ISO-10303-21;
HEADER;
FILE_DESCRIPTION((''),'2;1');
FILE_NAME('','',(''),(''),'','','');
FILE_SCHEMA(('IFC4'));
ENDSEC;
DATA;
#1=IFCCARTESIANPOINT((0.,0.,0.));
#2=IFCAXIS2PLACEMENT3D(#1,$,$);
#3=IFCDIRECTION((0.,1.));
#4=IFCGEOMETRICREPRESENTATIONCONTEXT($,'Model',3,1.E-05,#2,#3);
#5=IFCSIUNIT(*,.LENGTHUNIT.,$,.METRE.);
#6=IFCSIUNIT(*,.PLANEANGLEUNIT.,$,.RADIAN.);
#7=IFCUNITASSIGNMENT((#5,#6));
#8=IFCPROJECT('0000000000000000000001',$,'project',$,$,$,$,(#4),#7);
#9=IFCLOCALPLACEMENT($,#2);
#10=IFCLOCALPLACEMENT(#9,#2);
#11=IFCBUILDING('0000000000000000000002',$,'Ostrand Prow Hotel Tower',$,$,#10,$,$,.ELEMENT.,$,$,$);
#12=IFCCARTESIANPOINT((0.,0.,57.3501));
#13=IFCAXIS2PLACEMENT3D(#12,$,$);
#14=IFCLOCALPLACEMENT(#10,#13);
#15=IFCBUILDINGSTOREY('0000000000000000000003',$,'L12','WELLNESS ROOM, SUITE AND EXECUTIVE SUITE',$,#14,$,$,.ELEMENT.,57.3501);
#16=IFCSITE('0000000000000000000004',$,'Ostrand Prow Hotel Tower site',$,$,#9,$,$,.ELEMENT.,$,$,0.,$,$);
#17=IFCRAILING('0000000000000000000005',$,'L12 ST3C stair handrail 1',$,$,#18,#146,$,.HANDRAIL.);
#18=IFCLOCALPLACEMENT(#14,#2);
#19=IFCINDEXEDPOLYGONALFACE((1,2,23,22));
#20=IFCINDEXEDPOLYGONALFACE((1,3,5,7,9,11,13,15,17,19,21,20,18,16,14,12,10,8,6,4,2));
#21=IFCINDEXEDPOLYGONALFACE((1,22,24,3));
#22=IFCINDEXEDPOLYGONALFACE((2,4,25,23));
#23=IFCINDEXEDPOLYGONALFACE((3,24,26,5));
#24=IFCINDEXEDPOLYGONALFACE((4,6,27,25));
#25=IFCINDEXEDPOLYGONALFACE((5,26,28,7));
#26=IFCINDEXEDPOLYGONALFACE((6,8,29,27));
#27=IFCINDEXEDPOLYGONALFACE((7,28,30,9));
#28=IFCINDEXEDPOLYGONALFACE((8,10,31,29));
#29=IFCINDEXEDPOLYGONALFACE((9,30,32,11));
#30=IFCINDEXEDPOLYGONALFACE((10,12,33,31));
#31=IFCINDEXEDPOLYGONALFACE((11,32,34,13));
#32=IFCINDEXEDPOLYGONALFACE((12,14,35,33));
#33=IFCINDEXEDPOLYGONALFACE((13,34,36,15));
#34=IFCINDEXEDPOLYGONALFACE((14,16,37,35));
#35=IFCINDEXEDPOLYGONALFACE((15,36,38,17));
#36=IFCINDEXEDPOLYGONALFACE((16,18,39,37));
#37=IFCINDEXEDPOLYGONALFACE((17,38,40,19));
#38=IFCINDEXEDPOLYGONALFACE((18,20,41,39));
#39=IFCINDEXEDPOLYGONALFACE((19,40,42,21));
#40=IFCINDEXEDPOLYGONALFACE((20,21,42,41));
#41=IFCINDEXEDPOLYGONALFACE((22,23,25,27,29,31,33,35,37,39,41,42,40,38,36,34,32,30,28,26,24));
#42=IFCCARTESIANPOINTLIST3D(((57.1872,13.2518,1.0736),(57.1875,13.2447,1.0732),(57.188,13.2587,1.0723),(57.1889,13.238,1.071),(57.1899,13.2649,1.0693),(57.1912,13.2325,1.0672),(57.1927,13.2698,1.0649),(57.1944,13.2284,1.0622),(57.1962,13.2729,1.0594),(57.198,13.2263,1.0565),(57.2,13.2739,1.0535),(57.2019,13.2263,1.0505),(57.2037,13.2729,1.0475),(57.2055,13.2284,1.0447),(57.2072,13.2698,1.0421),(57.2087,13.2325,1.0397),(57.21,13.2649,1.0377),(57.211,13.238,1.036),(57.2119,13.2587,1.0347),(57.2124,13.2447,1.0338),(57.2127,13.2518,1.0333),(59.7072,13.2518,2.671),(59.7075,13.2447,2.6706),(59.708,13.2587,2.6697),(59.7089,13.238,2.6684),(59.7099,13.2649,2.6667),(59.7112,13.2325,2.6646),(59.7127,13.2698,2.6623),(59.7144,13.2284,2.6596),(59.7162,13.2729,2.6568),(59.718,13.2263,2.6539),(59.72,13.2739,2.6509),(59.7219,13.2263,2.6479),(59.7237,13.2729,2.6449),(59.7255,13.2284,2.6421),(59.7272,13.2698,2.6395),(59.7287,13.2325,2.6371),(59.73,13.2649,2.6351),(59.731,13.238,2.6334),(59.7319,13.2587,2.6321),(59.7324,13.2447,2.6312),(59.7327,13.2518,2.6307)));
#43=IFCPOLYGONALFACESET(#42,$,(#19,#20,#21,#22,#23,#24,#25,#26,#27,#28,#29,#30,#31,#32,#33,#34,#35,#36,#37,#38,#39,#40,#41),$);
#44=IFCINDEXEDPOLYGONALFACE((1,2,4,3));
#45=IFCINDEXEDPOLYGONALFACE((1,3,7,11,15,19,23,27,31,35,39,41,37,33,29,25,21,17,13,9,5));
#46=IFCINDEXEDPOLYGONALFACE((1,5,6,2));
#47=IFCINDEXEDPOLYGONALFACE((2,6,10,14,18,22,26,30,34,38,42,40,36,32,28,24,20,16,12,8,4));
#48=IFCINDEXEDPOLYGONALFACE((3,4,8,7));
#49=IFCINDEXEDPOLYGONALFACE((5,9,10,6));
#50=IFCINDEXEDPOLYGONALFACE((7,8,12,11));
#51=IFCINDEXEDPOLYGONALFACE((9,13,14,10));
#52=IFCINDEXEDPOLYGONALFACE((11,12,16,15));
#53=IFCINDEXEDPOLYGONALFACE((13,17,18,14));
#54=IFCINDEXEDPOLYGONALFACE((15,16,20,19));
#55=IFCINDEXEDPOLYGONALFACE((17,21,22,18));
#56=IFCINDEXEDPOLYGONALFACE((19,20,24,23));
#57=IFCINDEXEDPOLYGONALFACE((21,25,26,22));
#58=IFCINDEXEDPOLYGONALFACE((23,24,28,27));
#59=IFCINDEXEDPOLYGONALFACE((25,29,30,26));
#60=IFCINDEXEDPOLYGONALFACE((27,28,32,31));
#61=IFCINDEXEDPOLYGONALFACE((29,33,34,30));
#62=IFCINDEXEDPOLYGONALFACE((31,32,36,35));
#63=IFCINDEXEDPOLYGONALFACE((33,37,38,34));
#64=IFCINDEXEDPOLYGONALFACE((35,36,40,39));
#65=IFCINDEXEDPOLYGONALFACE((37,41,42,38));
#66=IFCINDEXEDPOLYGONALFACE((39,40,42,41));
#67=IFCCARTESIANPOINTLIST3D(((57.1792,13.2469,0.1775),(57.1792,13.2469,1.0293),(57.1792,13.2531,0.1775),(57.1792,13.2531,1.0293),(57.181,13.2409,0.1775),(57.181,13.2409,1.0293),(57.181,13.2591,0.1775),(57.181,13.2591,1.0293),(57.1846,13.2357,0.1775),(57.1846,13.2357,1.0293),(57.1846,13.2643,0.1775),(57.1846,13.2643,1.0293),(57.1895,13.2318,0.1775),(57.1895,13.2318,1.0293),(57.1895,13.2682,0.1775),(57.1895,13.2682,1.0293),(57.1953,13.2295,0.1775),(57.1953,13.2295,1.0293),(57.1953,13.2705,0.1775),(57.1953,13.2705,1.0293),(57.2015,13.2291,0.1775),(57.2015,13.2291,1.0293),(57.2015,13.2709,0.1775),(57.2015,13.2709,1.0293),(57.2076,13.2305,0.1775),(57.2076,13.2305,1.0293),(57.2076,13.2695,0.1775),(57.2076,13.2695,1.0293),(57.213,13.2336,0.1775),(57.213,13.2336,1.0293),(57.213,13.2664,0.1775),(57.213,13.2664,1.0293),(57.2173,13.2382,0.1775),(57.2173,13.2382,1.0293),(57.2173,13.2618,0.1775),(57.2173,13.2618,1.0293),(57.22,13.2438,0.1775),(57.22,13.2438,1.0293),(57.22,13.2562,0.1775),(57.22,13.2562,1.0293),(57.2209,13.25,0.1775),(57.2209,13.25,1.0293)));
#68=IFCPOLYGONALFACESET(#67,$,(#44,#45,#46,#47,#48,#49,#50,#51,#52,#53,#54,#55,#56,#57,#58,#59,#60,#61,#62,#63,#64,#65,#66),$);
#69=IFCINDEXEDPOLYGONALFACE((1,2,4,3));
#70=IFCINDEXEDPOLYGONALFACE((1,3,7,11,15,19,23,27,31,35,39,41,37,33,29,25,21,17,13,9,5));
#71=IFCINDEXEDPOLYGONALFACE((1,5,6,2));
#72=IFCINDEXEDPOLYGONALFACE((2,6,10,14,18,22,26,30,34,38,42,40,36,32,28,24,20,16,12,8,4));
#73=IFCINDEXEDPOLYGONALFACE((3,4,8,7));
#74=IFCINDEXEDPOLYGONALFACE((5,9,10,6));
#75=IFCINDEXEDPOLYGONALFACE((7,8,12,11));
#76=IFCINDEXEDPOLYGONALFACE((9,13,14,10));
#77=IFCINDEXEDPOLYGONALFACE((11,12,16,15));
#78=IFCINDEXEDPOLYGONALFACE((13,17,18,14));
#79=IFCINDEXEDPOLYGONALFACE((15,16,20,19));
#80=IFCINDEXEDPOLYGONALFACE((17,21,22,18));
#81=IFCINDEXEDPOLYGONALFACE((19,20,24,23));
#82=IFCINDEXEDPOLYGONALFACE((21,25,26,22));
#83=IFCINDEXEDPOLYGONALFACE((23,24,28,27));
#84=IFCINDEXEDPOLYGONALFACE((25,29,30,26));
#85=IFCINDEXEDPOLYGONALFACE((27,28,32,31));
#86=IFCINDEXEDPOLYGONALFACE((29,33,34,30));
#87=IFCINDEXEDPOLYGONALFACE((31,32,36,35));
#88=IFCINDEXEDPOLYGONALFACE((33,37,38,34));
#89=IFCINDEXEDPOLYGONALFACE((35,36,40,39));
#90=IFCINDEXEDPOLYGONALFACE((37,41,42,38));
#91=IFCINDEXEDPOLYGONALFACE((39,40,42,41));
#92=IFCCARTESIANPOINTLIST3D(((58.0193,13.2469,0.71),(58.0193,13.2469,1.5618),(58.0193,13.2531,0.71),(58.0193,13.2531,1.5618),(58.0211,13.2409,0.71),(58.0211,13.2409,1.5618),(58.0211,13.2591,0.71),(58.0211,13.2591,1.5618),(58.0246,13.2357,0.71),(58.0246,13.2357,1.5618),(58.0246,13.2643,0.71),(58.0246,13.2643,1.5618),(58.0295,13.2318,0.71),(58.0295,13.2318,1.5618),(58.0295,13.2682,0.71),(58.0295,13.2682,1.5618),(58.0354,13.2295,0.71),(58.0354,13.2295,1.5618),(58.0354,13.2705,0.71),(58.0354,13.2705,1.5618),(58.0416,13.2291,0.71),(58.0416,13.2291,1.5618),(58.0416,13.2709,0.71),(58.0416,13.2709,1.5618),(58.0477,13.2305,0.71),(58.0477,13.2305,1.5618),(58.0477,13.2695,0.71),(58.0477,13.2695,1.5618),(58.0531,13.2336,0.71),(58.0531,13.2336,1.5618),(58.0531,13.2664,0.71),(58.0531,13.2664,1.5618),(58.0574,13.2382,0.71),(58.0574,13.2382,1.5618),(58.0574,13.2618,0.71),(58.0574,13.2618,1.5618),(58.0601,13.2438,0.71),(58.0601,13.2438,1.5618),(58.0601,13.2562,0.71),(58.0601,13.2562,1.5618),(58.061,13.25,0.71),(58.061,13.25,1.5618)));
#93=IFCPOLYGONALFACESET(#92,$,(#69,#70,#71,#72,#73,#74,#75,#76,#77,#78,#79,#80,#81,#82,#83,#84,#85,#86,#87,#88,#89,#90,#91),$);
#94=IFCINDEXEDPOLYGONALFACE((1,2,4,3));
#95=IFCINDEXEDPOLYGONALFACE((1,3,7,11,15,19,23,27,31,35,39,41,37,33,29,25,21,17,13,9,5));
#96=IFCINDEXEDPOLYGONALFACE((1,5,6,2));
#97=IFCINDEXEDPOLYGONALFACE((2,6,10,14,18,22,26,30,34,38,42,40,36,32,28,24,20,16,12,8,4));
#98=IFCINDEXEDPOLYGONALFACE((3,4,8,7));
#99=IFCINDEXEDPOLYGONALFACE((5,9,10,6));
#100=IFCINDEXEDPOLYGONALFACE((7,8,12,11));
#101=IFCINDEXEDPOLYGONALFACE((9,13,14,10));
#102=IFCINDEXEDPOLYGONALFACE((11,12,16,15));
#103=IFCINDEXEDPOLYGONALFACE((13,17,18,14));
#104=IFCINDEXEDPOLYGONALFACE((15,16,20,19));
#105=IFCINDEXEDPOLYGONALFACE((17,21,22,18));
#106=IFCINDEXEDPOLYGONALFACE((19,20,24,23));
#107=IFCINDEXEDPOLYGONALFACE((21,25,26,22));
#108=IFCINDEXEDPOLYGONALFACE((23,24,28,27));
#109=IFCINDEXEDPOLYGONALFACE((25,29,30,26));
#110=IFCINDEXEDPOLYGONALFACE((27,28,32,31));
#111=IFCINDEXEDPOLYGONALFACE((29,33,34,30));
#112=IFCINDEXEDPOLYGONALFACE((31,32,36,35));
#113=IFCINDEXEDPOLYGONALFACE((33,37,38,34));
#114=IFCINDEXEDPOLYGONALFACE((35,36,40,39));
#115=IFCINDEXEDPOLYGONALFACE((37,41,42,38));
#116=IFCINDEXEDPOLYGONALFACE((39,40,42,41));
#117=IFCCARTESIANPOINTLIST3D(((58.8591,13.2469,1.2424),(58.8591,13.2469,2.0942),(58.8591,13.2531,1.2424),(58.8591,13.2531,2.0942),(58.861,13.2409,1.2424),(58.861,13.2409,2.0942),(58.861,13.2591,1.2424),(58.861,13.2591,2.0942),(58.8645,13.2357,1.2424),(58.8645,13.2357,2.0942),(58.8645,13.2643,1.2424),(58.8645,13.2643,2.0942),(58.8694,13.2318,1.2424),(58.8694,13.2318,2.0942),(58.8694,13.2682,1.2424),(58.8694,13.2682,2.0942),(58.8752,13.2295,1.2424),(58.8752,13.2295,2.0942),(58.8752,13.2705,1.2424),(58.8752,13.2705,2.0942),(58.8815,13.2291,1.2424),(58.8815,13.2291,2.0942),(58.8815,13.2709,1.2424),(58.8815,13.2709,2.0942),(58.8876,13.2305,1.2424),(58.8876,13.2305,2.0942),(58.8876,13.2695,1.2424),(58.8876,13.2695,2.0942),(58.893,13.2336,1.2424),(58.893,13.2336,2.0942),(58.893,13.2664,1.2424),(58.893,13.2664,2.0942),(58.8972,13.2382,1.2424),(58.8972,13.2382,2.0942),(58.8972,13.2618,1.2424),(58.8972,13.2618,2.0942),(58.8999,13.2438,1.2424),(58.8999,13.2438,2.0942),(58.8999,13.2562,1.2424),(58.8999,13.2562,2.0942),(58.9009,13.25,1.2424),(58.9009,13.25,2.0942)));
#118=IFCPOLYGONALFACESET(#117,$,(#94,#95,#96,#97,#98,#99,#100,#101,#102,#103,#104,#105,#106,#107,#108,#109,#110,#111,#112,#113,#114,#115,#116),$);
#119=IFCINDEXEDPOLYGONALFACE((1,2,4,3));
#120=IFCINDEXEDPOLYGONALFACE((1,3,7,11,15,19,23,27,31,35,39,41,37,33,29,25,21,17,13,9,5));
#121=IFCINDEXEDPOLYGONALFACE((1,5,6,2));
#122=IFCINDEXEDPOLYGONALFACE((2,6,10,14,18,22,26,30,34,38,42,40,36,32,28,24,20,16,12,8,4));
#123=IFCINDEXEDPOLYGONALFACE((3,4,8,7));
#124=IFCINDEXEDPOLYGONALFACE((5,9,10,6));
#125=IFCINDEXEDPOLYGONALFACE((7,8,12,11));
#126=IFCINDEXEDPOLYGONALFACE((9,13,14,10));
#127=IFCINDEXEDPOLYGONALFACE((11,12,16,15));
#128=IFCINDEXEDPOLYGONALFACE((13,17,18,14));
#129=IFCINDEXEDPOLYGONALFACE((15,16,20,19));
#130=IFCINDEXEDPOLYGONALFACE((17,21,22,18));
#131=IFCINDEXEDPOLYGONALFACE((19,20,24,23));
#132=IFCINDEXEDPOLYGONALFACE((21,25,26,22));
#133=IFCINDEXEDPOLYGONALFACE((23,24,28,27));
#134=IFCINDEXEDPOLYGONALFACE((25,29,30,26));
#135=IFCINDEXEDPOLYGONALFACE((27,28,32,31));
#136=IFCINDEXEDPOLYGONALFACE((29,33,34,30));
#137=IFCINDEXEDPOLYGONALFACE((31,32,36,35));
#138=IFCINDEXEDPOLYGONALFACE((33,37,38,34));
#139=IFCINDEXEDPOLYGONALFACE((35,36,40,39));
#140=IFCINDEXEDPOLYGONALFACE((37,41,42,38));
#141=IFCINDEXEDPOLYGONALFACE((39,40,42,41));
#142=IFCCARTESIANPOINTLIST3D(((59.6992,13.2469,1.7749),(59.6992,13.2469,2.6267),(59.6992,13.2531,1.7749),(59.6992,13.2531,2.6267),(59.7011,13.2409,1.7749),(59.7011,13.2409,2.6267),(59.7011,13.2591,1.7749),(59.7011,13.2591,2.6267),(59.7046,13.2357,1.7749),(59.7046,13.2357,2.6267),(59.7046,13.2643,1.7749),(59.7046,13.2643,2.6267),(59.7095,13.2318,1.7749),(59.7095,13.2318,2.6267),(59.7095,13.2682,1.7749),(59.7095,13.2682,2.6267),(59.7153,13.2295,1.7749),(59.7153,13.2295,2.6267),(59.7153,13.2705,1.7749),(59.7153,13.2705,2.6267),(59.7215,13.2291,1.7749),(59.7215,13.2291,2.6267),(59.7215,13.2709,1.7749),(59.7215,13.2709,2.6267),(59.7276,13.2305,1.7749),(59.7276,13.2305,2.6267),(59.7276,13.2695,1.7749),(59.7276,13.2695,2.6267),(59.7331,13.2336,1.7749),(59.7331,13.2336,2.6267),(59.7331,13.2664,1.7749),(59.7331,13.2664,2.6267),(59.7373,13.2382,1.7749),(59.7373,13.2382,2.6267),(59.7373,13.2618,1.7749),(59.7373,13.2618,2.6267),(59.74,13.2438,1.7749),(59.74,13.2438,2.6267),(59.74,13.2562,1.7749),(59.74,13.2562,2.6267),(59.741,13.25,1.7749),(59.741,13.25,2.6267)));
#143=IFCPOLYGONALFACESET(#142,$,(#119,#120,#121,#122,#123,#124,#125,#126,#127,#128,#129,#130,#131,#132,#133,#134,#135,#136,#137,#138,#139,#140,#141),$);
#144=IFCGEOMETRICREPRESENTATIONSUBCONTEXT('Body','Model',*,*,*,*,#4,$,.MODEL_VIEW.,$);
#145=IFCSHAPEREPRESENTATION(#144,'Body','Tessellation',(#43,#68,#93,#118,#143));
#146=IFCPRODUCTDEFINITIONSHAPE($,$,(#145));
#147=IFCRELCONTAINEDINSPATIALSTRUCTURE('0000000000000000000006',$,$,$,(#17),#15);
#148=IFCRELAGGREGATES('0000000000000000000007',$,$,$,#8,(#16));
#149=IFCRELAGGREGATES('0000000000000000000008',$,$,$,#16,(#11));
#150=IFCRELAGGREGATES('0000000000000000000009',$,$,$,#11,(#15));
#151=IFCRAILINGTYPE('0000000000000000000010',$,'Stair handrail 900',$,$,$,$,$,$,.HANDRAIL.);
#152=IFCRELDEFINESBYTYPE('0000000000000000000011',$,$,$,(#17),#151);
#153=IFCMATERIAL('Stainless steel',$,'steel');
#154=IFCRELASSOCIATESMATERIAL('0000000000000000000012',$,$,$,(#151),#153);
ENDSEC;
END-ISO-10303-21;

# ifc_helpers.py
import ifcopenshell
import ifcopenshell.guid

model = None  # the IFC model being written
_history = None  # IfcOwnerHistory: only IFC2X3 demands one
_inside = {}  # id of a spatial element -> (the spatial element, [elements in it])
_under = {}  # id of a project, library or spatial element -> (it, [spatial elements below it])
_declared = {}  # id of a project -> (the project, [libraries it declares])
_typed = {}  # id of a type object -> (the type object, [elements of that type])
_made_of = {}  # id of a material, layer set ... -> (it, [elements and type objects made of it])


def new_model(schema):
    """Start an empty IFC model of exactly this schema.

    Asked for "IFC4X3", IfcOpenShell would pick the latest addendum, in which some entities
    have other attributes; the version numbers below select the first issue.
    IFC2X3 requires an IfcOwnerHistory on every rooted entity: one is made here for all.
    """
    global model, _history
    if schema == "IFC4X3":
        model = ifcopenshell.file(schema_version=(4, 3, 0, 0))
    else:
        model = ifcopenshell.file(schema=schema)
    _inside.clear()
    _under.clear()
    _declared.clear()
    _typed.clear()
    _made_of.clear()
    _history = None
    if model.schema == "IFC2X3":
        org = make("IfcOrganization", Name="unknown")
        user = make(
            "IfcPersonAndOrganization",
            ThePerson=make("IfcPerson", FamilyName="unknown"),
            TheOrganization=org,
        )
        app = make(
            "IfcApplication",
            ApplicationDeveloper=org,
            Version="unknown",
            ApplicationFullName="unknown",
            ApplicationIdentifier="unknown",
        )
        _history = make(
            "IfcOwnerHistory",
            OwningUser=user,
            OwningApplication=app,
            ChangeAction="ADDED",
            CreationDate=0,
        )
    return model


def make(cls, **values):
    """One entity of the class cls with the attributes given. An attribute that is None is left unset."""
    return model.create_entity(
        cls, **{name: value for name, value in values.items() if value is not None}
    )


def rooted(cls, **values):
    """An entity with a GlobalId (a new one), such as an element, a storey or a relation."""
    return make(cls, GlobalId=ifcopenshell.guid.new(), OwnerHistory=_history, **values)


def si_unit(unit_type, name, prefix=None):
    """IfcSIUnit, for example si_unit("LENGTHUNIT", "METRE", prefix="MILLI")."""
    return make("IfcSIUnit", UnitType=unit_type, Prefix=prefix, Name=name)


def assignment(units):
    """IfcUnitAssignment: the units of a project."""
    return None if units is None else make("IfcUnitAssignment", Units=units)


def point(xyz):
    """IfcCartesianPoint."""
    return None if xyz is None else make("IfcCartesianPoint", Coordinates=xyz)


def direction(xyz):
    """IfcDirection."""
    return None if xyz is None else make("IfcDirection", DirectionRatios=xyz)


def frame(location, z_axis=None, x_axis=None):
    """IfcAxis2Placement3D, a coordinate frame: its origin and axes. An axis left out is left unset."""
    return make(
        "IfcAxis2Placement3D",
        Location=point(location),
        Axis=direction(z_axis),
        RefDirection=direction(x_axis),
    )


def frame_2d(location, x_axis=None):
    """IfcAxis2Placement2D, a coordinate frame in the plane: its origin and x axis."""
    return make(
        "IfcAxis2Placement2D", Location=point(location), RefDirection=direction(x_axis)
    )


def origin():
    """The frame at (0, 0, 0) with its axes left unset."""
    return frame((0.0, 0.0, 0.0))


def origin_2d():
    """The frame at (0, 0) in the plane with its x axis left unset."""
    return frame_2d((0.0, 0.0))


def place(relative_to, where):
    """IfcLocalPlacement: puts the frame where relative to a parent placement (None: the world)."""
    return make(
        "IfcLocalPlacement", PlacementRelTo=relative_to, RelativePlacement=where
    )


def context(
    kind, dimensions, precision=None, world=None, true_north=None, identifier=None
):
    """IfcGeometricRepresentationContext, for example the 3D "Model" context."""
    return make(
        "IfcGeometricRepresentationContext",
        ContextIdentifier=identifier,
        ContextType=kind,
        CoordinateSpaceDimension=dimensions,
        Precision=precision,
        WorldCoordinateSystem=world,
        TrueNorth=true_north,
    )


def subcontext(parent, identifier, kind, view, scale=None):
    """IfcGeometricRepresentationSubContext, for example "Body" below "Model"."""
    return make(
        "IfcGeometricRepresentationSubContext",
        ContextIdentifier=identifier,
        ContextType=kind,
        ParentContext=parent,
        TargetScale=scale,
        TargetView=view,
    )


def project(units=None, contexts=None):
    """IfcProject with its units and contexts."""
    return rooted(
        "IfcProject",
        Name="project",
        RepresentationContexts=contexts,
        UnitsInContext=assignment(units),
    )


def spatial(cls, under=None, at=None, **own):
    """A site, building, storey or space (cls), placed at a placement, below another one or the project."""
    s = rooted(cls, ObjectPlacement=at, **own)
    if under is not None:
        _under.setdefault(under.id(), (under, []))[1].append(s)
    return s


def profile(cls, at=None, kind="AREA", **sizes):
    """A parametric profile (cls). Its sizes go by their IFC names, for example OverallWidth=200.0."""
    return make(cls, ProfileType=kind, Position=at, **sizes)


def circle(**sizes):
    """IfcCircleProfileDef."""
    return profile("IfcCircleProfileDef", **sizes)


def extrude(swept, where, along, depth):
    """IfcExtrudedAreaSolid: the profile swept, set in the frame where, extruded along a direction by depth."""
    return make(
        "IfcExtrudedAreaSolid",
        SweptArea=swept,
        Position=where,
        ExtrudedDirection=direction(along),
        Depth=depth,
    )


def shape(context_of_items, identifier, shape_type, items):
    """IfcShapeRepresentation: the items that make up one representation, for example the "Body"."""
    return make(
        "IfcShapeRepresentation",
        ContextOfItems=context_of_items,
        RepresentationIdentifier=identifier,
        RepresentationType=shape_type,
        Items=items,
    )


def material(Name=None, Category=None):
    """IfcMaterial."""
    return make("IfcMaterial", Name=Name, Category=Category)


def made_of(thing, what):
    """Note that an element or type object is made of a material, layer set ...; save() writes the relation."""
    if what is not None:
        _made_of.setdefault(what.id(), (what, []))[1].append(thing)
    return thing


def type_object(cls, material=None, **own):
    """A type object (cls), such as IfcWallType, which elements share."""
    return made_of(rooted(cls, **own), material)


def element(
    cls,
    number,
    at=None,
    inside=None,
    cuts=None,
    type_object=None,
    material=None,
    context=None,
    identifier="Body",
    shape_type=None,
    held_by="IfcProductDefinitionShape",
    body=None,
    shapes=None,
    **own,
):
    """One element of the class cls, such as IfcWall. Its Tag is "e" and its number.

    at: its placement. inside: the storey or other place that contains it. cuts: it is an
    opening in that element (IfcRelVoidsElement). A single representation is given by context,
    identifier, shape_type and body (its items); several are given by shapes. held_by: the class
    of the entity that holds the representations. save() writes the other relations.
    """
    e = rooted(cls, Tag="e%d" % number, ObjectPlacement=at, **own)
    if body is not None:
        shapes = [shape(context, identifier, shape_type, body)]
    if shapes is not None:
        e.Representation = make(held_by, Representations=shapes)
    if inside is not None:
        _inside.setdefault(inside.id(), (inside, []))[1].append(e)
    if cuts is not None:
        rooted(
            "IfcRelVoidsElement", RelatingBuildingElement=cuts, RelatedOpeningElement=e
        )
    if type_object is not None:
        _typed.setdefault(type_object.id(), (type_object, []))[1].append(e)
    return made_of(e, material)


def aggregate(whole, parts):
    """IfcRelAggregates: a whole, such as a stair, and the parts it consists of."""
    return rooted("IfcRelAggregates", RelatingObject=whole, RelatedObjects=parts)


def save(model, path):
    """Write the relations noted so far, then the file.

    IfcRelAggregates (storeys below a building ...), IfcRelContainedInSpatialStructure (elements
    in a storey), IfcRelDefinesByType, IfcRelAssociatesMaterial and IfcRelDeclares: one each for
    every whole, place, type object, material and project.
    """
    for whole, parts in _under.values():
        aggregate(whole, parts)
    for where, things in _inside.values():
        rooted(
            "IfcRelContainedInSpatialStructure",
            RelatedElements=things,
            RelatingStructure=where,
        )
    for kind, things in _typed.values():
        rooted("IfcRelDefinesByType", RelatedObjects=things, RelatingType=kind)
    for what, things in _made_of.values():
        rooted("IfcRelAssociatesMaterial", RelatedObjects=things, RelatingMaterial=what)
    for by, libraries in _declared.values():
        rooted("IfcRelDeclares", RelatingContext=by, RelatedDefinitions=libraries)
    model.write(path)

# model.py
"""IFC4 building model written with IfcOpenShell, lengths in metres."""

from ifc_helpers import new_model, si_unit, direction, frame, origin, origin_2d, place, context, subcontext, project, spatial, circle, extrude, material, type_object, element, save


model = new_model("IFC4")

# Units and contexts
model_context = context("Model", 3, precision=1e-05, world=origin(), true_north=direction((0.0, 1.0)))
body_context = subcontext(model_context, "Body", "Model", "MODEL_VIEW")
ifc_project = project(units=[si_unit("LENGTHUNIT", "METRE"), si_unit("PLANEANGLEUNIT", "RADIAN")], contexts=[model_context])

# Site, building, storey
site_placement = place(None, origin())
site = spatial("IfcSite", under=ifc_project, at=site_placement, Name="Ostrand Prow Hotel Tower site", CompositionType="ELEMENT", RefElevation=0.0)
building_placement = place(site_placement, origin())
building = spatial("IfcBuilding", under=site, at=building_placement, Name="Ostrand Prow Hotel Tower", CompositionType="ELEMENT")
storey_placement = place(building_placement, frame((0.0, 0.0, 57.3501)))
storey = spatial("IfcBuildingStorey", under=building, at=storey_placement, Name="L12", Description="WELLNESS ROOM, SUITE AND EXECUTIVE SUITE", CompositionType="ELEMENT", Elevation=57.3501)

# Railing
ifc_material_1 = material(Name="Stainless steel", Category="steel")
railing_type_1 = type_object("IfcRailingType", Name="Stair handrail 900", PredefinedType="HANDRAIL", material=ifc_material_1)
railing_1_placement = place(storey_placement, frame((57.2, 13.25, 0.1775)))
element("IfcRailing", 1, at=railing_1_placement, inside=storey, type_object=railing_type_1, Name="L12 ST3C stair handrail 1", PredefinedType="HANDRAIL", context=body_context, shape_type="SweptSolid", body=[
    extrude(circle(Radius=0.0239, at=origin_2d()), frame((0.0, 0.0, 0.876), z_axis=(0.844607, 0.0, 0.535387), x_axis=(0.0, 1.0, 0.0)), (0.0, 0.0, 1.0), 2.9836),
    extrude(circle(Radius=0.021, at=origin_2d()), origin(), (0.0, 0.0, 1.0), 0.8518),
    extrude(circle(Radius=0.021, at=origin_2d()), frame((0.8401, 0.0, 0.5325)), (0.0, 0.0, 1.0), 0.8518),
    extrude(circle(Radius=0.021, at=origin_2d()), frame((1.6799, 0.0, 1.0649)), (0.0, 0.0, 1.0), 0.8518),
    extrude(circle(Radius=0.021, at=origin_2d()), frame((2.52, 0.0, 1.5974)), (0.0, 0.0, 1.0), 0.8518),
])

save(model, "model.ifc")
